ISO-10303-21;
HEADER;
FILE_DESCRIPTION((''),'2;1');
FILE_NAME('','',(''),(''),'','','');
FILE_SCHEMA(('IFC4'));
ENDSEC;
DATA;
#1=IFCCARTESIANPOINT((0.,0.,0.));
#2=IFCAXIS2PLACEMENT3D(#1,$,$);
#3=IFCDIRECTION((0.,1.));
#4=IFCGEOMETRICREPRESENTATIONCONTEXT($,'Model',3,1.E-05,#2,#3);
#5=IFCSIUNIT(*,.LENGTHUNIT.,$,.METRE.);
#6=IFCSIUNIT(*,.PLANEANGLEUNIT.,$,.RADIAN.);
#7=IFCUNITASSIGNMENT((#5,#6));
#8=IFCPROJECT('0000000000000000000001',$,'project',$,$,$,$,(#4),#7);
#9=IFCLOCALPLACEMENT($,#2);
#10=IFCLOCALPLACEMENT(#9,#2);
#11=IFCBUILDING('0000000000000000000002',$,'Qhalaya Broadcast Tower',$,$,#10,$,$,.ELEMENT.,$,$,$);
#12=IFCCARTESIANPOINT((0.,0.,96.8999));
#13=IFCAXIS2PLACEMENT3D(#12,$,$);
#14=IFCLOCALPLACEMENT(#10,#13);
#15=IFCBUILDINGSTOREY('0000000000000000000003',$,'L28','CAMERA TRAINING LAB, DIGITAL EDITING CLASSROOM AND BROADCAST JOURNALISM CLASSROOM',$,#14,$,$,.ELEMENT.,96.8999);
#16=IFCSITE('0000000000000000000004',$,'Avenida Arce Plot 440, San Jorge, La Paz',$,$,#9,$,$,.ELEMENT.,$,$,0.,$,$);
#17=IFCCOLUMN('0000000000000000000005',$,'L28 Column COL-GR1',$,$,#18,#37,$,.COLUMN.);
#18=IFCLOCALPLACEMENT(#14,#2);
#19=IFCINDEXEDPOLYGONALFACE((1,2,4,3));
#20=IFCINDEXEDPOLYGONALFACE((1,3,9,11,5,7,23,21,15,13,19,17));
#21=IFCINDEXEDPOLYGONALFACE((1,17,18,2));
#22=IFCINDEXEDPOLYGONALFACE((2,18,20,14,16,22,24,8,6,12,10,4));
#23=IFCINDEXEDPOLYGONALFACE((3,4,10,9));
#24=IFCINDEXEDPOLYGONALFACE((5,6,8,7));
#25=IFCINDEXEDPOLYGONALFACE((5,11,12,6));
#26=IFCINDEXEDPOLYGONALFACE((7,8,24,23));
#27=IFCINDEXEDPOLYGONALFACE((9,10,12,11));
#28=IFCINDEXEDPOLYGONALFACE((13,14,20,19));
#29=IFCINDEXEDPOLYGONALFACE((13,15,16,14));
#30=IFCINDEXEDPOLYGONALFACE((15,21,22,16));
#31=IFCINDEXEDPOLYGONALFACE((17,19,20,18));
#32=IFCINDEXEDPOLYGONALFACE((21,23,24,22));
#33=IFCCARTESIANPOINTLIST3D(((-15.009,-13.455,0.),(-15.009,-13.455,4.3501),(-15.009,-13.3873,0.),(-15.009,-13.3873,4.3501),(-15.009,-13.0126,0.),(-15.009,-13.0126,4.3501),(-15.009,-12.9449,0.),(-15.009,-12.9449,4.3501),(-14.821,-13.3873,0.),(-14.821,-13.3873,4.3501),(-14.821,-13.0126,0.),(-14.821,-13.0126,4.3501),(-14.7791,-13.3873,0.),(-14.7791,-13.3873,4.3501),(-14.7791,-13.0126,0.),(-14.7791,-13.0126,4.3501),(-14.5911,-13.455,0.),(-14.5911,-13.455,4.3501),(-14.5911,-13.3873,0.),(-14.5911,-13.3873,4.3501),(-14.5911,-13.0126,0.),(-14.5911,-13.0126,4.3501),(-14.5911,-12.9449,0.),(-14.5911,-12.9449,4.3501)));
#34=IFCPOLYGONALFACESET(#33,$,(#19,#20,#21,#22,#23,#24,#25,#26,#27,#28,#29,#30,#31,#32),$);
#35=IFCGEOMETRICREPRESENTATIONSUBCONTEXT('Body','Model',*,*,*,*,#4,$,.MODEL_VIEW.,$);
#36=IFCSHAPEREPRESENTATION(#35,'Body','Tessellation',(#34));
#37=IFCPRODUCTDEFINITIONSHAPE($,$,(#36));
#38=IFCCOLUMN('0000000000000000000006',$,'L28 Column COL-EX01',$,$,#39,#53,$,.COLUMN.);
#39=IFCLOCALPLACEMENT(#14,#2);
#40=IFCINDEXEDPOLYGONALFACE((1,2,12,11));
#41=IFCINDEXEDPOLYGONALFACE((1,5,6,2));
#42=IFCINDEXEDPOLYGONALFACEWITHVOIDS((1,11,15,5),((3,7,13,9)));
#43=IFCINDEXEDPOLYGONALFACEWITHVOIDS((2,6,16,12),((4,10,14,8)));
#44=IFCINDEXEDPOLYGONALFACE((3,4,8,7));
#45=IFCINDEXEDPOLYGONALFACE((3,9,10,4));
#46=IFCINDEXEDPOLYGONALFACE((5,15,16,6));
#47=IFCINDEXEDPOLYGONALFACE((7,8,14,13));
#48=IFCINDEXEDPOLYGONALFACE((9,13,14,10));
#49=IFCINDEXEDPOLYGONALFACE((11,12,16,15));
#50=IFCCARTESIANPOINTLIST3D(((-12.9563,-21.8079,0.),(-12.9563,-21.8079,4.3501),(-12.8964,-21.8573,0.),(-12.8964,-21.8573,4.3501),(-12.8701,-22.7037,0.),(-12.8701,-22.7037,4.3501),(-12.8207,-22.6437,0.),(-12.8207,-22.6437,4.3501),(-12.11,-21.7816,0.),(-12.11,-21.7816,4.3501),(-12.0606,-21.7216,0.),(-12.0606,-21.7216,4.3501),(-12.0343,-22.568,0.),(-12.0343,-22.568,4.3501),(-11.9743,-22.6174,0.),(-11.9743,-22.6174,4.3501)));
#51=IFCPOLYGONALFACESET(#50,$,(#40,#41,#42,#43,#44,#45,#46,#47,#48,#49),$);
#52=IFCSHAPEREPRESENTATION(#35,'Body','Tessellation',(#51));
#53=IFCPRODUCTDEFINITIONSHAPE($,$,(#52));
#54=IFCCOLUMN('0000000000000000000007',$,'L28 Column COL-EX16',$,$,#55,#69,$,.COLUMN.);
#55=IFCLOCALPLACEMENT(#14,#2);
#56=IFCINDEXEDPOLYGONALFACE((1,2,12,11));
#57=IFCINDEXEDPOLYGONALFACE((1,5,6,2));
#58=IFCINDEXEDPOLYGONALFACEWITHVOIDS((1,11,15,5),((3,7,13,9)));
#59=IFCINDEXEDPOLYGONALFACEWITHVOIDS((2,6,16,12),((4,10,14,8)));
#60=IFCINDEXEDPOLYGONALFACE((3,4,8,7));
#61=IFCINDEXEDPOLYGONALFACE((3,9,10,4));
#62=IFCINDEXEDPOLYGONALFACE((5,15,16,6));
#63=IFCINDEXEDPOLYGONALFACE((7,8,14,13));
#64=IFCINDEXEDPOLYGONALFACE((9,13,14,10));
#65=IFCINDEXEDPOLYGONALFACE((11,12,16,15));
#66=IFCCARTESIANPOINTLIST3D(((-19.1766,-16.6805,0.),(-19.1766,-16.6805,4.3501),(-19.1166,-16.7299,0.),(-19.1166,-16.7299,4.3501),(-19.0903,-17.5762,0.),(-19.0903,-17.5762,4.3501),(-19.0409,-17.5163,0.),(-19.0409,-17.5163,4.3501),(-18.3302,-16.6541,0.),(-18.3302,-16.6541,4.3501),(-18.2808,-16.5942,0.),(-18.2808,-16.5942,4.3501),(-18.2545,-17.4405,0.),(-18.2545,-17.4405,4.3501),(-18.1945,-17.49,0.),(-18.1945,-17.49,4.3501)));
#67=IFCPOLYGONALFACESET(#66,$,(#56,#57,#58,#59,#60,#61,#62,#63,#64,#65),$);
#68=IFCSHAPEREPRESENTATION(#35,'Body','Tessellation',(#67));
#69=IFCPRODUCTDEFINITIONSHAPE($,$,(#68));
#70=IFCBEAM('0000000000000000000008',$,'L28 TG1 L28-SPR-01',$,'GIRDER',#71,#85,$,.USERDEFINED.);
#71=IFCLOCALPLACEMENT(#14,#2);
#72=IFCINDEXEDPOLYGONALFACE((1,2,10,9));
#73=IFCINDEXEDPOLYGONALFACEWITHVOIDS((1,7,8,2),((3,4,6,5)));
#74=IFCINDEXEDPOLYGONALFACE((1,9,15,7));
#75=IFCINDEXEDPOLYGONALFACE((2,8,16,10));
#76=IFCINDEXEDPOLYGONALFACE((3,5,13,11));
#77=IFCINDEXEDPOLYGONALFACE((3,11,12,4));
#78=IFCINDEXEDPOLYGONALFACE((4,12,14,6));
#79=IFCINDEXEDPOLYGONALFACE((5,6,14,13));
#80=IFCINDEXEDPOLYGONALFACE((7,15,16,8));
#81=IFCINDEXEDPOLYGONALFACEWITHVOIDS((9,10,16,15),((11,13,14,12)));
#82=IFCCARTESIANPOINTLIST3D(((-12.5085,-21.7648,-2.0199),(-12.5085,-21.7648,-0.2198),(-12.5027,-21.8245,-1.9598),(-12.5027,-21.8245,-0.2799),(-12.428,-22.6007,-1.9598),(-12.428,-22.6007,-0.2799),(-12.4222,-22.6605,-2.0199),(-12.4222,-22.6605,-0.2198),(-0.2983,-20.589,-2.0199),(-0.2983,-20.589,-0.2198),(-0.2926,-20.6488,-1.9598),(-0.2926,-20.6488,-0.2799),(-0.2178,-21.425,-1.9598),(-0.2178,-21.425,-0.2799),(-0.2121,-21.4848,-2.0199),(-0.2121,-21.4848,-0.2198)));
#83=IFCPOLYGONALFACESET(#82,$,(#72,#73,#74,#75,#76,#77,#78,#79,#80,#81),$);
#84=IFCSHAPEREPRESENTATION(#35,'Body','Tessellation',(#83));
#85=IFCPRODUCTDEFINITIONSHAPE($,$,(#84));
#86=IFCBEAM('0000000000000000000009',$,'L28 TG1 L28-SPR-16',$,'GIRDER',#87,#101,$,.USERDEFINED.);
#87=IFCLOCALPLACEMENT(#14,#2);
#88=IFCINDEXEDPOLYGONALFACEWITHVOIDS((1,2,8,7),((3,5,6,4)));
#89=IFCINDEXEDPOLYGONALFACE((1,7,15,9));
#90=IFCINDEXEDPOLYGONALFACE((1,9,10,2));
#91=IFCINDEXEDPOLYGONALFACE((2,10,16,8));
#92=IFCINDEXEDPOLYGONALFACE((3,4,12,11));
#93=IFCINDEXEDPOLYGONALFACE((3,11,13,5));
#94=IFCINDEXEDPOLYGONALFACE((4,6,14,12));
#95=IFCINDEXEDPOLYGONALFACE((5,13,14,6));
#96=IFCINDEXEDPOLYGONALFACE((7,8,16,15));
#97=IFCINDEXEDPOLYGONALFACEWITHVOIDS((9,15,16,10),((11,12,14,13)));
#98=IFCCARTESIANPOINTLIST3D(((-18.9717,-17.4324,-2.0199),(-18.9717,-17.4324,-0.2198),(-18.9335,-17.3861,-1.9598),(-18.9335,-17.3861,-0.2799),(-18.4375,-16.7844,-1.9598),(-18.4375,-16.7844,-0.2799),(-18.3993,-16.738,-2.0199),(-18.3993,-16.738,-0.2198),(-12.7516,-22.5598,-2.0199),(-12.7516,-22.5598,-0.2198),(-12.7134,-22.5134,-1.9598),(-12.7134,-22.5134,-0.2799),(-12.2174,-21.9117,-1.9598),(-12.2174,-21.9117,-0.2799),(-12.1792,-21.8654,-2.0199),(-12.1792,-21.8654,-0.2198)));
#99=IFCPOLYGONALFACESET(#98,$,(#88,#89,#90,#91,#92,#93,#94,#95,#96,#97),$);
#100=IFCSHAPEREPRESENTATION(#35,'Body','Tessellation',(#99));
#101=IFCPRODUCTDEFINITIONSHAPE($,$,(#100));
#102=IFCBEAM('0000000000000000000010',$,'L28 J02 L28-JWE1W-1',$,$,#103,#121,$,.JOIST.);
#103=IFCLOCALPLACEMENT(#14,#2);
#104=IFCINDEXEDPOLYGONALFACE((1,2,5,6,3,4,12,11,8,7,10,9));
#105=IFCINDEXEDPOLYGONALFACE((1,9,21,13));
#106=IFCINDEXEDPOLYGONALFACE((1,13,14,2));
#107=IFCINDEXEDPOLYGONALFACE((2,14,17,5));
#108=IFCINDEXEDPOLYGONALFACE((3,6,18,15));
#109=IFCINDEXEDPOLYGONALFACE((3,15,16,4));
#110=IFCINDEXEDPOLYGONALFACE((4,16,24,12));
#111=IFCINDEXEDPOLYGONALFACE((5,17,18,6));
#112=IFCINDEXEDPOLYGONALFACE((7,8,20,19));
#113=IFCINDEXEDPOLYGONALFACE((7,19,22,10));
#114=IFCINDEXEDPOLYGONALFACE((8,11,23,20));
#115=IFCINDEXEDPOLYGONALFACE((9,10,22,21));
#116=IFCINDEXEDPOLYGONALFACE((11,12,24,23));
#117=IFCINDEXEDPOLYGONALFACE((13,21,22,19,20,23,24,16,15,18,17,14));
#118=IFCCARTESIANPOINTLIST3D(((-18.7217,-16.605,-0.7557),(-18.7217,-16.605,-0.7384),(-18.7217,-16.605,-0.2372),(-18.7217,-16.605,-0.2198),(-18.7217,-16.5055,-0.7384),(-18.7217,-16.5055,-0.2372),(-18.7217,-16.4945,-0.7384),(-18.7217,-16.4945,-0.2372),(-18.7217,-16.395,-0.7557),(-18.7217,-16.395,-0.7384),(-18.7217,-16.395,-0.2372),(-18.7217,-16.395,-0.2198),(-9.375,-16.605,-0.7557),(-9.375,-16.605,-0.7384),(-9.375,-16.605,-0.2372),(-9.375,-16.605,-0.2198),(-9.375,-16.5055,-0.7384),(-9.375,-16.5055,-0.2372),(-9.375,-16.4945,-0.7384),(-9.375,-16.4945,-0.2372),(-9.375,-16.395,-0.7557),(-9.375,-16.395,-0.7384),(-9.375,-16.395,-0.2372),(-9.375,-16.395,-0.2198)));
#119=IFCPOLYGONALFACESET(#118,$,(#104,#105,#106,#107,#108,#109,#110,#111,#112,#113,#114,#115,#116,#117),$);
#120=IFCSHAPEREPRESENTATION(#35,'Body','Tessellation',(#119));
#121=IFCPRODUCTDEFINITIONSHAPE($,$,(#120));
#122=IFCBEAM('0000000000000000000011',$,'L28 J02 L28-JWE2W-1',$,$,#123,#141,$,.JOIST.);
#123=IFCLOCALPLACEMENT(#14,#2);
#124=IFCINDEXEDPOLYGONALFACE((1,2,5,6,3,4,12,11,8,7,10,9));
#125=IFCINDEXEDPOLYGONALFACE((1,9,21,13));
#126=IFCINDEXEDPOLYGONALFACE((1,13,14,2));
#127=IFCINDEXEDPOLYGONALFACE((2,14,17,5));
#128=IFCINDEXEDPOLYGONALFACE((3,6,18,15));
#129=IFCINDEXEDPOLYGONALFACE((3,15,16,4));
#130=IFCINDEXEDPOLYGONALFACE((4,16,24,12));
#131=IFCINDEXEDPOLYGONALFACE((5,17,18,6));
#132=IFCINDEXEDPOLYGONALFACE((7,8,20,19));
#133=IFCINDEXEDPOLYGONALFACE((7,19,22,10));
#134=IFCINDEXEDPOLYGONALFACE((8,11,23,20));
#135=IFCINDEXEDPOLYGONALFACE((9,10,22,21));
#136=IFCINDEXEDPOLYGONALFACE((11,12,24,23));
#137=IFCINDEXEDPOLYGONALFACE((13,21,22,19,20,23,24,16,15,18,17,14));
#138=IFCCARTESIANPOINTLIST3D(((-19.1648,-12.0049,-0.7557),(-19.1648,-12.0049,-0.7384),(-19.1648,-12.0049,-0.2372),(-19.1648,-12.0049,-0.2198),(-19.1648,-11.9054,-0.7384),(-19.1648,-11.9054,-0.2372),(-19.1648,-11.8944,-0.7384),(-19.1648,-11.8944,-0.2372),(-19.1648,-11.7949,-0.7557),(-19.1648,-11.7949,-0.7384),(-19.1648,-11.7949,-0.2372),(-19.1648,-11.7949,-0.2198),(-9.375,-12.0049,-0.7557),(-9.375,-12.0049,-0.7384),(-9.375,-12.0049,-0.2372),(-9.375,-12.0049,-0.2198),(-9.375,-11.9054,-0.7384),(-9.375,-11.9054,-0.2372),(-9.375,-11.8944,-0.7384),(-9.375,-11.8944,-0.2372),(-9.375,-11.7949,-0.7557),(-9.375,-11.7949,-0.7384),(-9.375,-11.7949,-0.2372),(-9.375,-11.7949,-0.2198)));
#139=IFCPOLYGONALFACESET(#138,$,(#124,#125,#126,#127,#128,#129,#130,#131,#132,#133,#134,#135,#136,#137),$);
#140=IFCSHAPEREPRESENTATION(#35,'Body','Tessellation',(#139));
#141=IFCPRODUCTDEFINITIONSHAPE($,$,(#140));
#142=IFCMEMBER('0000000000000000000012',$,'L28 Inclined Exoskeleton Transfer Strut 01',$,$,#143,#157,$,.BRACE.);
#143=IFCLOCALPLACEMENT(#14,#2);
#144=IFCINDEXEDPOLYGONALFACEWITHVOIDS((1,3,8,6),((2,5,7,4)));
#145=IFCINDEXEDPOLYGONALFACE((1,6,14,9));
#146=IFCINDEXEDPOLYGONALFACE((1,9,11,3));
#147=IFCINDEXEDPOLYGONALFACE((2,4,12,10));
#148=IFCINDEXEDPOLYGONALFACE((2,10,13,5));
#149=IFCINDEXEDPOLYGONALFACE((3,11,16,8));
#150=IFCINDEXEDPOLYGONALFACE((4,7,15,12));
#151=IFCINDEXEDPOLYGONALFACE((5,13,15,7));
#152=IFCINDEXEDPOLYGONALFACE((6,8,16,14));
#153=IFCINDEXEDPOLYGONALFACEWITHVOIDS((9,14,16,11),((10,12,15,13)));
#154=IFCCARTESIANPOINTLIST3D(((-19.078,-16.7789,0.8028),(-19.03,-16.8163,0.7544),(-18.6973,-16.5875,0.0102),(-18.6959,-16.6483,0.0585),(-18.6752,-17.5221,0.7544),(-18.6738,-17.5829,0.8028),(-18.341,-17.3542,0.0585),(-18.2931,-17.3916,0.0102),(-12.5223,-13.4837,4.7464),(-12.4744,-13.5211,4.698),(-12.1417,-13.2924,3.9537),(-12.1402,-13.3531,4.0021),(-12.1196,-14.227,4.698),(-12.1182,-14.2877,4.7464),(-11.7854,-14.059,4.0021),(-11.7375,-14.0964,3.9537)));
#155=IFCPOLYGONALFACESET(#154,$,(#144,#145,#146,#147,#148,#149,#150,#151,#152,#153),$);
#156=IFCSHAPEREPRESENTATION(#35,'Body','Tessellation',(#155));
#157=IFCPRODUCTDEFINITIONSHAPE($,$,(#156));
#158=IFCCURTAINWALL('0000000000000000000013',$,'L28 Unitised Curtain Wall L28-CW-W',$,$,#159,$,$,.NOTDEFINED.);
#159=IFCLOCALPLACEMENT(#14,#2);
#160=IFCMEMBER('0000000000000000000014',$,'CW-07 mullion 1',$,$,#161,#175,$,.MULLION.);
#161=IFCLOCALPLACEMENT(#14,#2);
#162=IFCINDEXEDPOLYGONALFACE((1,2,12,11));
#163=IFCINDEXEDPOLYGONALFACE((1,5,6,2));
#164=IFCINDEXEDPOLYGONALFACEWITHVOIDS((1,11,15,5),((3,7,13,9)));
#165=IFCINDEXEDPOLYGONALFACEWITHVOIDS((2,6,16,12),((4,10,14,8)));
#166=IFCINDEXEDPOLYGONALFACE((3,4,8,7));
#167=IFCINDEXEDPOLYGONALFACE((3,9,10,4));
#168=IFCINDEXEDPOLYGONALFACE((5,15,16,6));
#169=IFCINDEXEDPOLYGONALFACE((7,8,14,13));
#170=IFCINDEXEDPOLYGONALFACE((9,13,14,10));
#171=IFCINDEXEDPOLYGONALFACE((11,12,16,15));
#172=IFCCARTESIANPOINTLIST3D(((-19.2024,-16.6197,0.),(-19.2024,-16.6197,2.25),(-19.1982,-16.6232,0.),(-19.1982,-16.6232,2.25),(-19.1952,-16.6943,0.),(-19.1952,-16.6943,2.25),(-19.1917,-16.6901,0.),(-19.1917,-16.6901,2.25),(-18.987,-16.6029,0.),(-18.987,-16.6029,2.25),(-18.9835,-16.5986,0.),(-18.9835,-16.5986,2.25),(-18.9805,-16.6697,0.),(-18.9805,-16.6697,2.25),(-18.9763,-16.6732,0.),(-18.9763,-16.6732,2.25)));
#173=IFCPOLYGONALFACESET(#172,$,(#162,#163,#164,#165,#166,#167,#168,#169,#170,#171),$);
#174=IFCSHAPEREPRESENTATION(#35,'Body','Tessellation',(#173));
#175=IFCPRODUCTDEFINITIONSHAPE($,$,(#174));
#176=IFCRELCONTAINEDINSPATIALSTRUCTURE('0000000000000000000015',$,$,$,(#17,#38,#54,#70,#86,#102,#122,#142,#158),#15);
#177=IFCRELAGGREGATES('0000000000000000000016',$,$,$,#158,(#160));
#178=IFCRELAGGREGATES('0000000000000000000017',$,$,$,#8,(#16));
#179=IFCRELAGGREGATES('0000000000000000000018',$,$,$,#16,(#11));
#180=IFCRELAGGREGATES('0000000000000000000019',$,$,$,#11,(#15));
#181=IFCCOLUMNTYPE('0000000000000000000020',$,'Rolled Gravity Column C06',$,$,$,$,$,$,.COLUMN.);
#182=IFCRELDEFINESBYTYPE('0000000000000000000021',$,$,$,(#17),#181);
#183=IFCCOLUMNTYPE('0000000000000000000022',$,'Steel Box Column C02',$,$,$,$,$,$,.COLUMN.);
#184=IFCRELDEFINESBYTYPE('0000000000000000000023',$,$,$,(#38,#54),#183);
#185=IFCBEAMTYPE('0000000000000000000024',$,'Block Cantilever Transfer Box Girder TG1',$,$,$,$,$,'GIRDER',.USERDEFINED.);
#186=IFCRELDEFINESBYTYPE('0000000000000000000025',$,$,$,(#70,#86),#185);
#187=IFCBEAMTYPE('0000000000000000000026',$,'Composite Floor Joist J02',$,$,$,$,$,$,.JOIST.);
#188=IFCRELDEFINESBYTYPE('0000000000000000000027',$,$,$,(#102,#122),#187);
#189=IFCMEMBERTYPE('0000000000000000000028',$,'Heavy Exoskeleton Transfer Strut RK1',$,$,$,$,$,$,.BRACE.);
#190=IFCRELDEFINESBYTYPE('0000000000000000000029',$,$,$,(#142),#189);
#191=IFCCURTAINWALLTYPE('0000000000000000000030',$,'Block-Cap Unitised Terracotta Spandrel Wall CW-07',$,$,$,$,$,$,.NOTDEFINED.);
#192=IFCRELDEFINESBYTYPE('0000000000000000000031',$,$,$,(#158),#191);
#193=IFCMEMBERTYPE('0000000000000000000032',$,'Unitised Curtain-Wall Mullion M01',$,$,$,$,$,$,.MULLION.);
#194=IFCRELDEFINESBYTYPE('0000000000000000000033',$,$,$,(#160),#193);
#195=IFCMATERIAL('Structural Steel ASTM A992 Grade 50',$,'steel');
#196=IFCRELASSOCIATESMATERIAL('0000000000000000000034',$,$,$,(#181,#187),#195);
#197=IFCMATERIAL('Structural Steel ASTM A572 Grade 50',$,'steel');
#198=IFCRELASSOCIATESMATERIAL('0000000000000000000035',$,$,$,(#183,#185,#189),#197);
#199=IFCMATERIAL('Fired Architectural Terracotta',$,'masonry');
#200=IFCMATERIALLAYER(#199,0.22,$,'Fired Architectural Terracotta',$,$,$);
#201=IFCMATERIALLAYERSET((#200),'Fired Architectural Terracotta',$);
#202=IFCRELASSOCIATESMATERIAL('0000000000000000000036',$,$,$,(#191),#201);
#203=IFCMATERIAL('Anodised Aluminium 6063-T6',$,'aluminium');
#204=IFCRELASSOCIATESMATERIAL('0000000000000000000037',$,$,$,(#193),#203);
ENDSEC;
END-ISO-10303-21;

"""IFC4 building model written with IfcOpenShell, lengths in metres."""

from ifc_helpers import new_model, si_unit, direction, frame, origin, origin_2d, place, context, subcontext, project, spatial, hollow_rectangle, i_section, extrude, material, layer, layer_set, material_profile, profile_set, type_object, element, aggregate, save


model = new_model("IFC4")

# Units and contexts
model_context = context("Model", 3, precision=1e-05, world=origin(), true_north=direction((0.0, 1.0)))
body_context = subcontext(model_context, "Body", "Model", "MODEL_VIEW")
ifc_project = project(units=[si_unit("LENGTHUNIT", "METRE"), si_unit("PLANEANGLEUNIT", "RADIAN")], contexts=[model_context])

# Site, building, storey
site_placement = place(None, origin())
site = spatial("IfcSite", under=ifc_project, at=site_placement, Name="Avenida Arce Plot 440, San Jorge, La Paz", CompositionType="ELEMENT", RefElevation=0.0)
building_placement = place(site_placement, origin())
building = spatial("IfcBuilding", under=site, at=building_placement, Name="Qhalaya Broadcast Tower", CompositionType="ELEMENT")
storey_placement = place(building_placement, frame((0.0, 0.0, 96.8999)))
storey = spatial("IfcBuildingStorey", under=building, at=storey_placement, Name="L28", Description="CAMERA TRAINING LAB, DIGITAL EDITING CLASSROOM AND BROADCAST JOURNALISM CLASSROOM", CompositionType="ELEMENT", Elevation=96.8999)

# Columns
ifc_material_1 = material(Name="Structural Steel ASTM A992 Grade 50", Category="steel")
ifc_material_profile_1 = material_profile(ifc_material_1, i_section(OverallWidth=0.418, OverallDepth=0.51, WebThickness=0.042, FlangeThickness=0.0676, at=origin_2d()), Name="W14X370")
ifc_profile_set_1 = profile_set([ifc_material_profile_1], Name="Structural Steel ASTM A992 Grade 50")
column_type_1 = type_object("IfcColumnType", Name="Rolled Gravity Column C06", PredefinedType="COLUMN", material=ifc_profile_set_1)
column_placement = place(storey_placement, frame((-14.8, -13.2, 0.0), z_axis=(0.0, 0.0, 1.0), x_axis=(1.0, 0.0, 0.0)))
element("IfcColumn", 1, at=column_placement, inside=storey, type_object=column_type_1, Name="L28 Column COL-GR1", PredefinedType="COLUMN", context=body_context, shape_type="SweptSolid", body=[
    extrude(i_section(OverallWidth=0.418, OverallDepth=0.51, WebThickness=0.042, FlangeThickness=0.0676, at=origin_2d()), origin(), (0.0, 0.0, 1.0), 4.3501),
])
ifc_material_2 = material(Name="Structural Steel ASTM A572 Grade 50", Category="steel")
ifc_material_profile_2 = material_profile(ifc_material_2, hollow_rectangle(XDim=0.8999, YDim=0.8999, WallThickness=0.0549, at=origin_2d()), Name="BOX 900x900x55")
ifc_profile_set_2 = profile_set([ifc_material_profile_2], Name="Structural Steel ASTM A572 Grade 50")
column_type_2 = type_object("IfcColumnType", Name="Steel Box Column C02", PredefinedType="COLUMN", material=ifc_profile_set_2)
for number, where, z_axis, x_axis, name in (
    (2, (-12.4653, -22.2126, 0.0), (0.0, 0.0, 1.0), (0.995396, 0.095846, 0.0), "L28 Column COL-EX01"),
    (3, (-18.6855, -17.0852, 0.0), (0.0, 0.0, 1.0), (-0.095846, 0.995396, 0.0), "L28 Column COL-EX16"),
):
    element("IfcColumn", number, at=place(storey_placement, frame(where, z_axis=z_axis, x_axis=x_axis)), inside=storey, type_object=column_type_2, Name=name, PredefinedType="COLUMN", context=body_context, shape_type="SweptSolid", body=[
        extrude(hollow_rectangle(XDim=0.8999, YDim=0.8999, WallThickness=0.0549, at=origin_2d()), origin(), (0.0, 0.0, 1.0), 4.3501),
    ])

# Beams
ifc_material_profile_3 = material_profile(ifc_material_2, hollow_rectangle(XDim=0.8999, YDim=1.8, WallThickness=0.0601, at=origin_2d()), Name="BOX 900x1800x60")
ifc_profile_set_3 = profile_set([ifc_material_profile_3], Name="Structural Steel ASTM A572 Grade 50")
beam_type_1 = type_object("IfcBeamType", Name="Block Cantilever Transfer Box Girder TG1", ElementType="GIRDER", PredefinedType="USERDEFINED", material=ifc_profile_set_3)
beam_1_placement = place(storey_placement, frame((-12.4653, -22.2126, -1.1199), z_axis=(0.995396, 0.095852, 0.0), x_axis=(-0.095852, 0.995396, 0.0)))
element("IfcBeam", 4, at=beam_1_placement, inside=storey, type_object=beam_type_1, Name="L28 TG1 L28-SPR-01", ObjectType="GIRDER", PredefinedType="USERDEFINED", context=body_context, shape_type="SweptSolid", body=[
    extrude(hollow_rectangle(XDim=0.8999, YDim=1.8, WallThickness=0.0601, at=origin_2d()), origin(), (0.0, 0.0, 1.0), 12.2666),
])
beam_2_placement = place(storey_placement, frame((-18.6855, -17.0852, -1.1199), z_axis=(0.771631, -0.63607, 0.0), x_axis=(0.63607, 0.771631, 0.0)))
element("IfcBeam", 5, at=beam_2_placement, inside=storey, type_object=beam_type_1, Name="L28 TG1 L28-SPR-16", ObjectType="GIRDER", PredefinedType="USERDEFINED", context=body_context, shape_type="SweptSolid", body=[
    extrude(hollow_rectangle(XDim=0.8999, YDim=1.8, WallThickness=0.0601, at=origin_2d()), origin(), (0.0, 0.0, 1.0), 8.061),
])
ifc_material_profile_4 = material_profile(ifc_material_1, i_section(OverallWidth=0.21, OverallDepth=0.5359, WebThickness=0.011, FlangeThickness=0.0173, at=origin_2d()), Name="W21X68")
ifc_profile_set_4 = profile_set([ifc_material_profile_4], Name="Structural Steel ASTM A992 Grade 50")
beam_type_2 = type_object("IfcBeamType", Name="Composite Floor Joist J02", PredefinedType="JOIST", material=ifc_profile_set_4)
beam_3_placement = place(storey_placement, frame((-18.7217, -16.5, -0.4878), z_axis=(1.0, 0.0, 0.0), x_axis=(0.0, 1.0, 0.0)))
element("IfcBeam", 6, at=beam_3_placement, inside=storey, type_object=beam_type_2, Name="L28 J02 L28-JWE1W-1", PredefinedType="JOIST", context=body_context, shape_type="SweptSolid", body=[
    extrude(i_section(OverallWidth=0.21, OverallDepth=0.5359, WebThickness=0.011, FlangeThickness=0.0173, at=origin_2d()), origin(), (0.0, 0.0, 1.0), 9.3467),
])
beam_4_placement = place(storey_placement, frame((-19.1648, -11.8999, -0.4878), z_axis=(1.0, 0.0, 0.0), x_axis=(0.0, 1.0, 0.0)))
element("IfcBeam", 7, at=beam_4_placement, inside=storey, type_object=beam_type_2, Name="L28 J02 L28-JWE2W-1", PredefinedType="JOIST", context=body_context, shape_type="SweptSolid", body=[
    extrude(i_section(OverallWidth=0.21, OverallDepth=0.5359, WebThickness=0.011, FlangeThickness=0.0173, at=origin_2d()), origin(), (0.0, 0.0, 1.0), 9.7898),
])

# Member
ifc_material_profile_5 = material_profile(ifc_material_2, hollow_rectangle(XDim=0.8999, YDim=0.8999, WallThickness=0.0549, at=origin_2d()), Name="BOX 900x900x55")
ifc_profile_set_5 = profile_set([ifc_material_profile_5], Name="Structural Steel ASTM A572 Grade 50")
member_type_1 = type_object("IfcMemberType", Name="Heavy Exoskeleton Transfer Strut RK1", PredefinedType="BRACE", material=ifc_profile_set_5)
member_1_placement = place(storey_placement, frame((-18.6855, -17.0852, 0.4065), z_axis=(0.787006, 0.395584, 0.473429), x_axis=(-0.449103, 0.89348, 0.0)))
element("IfcMember", 8, at=member_1_placement, inside=storey, type_object=member_type_1, Name="L28 Inclined Exoskeleton Transfer Strut 01", PredefinedType="BRACE", context=body_context, shape_type="SweptSolid", body=[
    extrude(hollow_rectangle(XDim=0.8999, YDim=0.8999, WallThickness=0.0549, at=origin_2d()), origin(), (0.0, 0.0, 1.0), 8.3298),
])

# Curtain wall, member
ifc_material_3 = material(Name="Fired Architectural Terracotta", Category="masonry")
ifc_layer_1 = layer(ifc_material_3, 0.22, Name="Fired Architectural Terracotta")
ifc_layer_set_1 = layer_set([ifc_layer_1], Name="Fired Architectural Terracotta")
curtain_wall_type = type_object("IfcCurtainWallType", Name="Block-Cap Unitised Terracotta Spandrel Wall CW-07", PredefinedType="NOTDEFINED", material=ifc_layer_set_1)
curtain_wall_placement = place(storey_placement, origin())
curtain_wall = element("IfcCurtainWall", 9, at=curtain_wall_placement, inside=storey, type_object=curtain_wall_type, Name="L28 Unitised Curtain Wall L28-CW-W", PredefinedType="NOTDEFINED")
ifc_material_4 = material(Name="Anodised Aluminium 6063-T6", Category="aluminium")
ifc_material_profile_6 = material_profile(ifc_material_4, hollow_rectangle(XDim=0.075, YDim=0.22, WallThickness=0.0039, at=origin_2d()), Name="ALU-MUL 75x220x4")
ifc_profile_set_6 = profile_set([ifc_material_profile_6], Name="Anodised Aluminium 6063-T6")
member_type_2 = type_object("IfcMemberType", Name="Unitised Curtain-Wall Mullion M01", PredefinedType="MULLION", material=ifc_profile_set_6)
member_2_placement = place(storey_placement, frame((-19.0894, -16.6465, 0.0), z_axis=(0.0, 0.0, 1.0), x_axis=(-0.095847, 0.995396, 0.0)))
member_2 = element("IfcMember", 10, at=member_2_placement, type_object=member_type_2, Name="CW-07 mullion 1", PredefinedType="MULLION", context=body_context, shape_type="SweptSolid", body=[
    extrude(hollow_rectangle(XDim=0.075, YDim=0.22, WallThickness=0.0039, at=origin_2d()), origin(), (0.0, 0.0, 1.0), 2.25),
])

aggregate(curtain_wall, [member_2])

save(model, "model.ifc")
